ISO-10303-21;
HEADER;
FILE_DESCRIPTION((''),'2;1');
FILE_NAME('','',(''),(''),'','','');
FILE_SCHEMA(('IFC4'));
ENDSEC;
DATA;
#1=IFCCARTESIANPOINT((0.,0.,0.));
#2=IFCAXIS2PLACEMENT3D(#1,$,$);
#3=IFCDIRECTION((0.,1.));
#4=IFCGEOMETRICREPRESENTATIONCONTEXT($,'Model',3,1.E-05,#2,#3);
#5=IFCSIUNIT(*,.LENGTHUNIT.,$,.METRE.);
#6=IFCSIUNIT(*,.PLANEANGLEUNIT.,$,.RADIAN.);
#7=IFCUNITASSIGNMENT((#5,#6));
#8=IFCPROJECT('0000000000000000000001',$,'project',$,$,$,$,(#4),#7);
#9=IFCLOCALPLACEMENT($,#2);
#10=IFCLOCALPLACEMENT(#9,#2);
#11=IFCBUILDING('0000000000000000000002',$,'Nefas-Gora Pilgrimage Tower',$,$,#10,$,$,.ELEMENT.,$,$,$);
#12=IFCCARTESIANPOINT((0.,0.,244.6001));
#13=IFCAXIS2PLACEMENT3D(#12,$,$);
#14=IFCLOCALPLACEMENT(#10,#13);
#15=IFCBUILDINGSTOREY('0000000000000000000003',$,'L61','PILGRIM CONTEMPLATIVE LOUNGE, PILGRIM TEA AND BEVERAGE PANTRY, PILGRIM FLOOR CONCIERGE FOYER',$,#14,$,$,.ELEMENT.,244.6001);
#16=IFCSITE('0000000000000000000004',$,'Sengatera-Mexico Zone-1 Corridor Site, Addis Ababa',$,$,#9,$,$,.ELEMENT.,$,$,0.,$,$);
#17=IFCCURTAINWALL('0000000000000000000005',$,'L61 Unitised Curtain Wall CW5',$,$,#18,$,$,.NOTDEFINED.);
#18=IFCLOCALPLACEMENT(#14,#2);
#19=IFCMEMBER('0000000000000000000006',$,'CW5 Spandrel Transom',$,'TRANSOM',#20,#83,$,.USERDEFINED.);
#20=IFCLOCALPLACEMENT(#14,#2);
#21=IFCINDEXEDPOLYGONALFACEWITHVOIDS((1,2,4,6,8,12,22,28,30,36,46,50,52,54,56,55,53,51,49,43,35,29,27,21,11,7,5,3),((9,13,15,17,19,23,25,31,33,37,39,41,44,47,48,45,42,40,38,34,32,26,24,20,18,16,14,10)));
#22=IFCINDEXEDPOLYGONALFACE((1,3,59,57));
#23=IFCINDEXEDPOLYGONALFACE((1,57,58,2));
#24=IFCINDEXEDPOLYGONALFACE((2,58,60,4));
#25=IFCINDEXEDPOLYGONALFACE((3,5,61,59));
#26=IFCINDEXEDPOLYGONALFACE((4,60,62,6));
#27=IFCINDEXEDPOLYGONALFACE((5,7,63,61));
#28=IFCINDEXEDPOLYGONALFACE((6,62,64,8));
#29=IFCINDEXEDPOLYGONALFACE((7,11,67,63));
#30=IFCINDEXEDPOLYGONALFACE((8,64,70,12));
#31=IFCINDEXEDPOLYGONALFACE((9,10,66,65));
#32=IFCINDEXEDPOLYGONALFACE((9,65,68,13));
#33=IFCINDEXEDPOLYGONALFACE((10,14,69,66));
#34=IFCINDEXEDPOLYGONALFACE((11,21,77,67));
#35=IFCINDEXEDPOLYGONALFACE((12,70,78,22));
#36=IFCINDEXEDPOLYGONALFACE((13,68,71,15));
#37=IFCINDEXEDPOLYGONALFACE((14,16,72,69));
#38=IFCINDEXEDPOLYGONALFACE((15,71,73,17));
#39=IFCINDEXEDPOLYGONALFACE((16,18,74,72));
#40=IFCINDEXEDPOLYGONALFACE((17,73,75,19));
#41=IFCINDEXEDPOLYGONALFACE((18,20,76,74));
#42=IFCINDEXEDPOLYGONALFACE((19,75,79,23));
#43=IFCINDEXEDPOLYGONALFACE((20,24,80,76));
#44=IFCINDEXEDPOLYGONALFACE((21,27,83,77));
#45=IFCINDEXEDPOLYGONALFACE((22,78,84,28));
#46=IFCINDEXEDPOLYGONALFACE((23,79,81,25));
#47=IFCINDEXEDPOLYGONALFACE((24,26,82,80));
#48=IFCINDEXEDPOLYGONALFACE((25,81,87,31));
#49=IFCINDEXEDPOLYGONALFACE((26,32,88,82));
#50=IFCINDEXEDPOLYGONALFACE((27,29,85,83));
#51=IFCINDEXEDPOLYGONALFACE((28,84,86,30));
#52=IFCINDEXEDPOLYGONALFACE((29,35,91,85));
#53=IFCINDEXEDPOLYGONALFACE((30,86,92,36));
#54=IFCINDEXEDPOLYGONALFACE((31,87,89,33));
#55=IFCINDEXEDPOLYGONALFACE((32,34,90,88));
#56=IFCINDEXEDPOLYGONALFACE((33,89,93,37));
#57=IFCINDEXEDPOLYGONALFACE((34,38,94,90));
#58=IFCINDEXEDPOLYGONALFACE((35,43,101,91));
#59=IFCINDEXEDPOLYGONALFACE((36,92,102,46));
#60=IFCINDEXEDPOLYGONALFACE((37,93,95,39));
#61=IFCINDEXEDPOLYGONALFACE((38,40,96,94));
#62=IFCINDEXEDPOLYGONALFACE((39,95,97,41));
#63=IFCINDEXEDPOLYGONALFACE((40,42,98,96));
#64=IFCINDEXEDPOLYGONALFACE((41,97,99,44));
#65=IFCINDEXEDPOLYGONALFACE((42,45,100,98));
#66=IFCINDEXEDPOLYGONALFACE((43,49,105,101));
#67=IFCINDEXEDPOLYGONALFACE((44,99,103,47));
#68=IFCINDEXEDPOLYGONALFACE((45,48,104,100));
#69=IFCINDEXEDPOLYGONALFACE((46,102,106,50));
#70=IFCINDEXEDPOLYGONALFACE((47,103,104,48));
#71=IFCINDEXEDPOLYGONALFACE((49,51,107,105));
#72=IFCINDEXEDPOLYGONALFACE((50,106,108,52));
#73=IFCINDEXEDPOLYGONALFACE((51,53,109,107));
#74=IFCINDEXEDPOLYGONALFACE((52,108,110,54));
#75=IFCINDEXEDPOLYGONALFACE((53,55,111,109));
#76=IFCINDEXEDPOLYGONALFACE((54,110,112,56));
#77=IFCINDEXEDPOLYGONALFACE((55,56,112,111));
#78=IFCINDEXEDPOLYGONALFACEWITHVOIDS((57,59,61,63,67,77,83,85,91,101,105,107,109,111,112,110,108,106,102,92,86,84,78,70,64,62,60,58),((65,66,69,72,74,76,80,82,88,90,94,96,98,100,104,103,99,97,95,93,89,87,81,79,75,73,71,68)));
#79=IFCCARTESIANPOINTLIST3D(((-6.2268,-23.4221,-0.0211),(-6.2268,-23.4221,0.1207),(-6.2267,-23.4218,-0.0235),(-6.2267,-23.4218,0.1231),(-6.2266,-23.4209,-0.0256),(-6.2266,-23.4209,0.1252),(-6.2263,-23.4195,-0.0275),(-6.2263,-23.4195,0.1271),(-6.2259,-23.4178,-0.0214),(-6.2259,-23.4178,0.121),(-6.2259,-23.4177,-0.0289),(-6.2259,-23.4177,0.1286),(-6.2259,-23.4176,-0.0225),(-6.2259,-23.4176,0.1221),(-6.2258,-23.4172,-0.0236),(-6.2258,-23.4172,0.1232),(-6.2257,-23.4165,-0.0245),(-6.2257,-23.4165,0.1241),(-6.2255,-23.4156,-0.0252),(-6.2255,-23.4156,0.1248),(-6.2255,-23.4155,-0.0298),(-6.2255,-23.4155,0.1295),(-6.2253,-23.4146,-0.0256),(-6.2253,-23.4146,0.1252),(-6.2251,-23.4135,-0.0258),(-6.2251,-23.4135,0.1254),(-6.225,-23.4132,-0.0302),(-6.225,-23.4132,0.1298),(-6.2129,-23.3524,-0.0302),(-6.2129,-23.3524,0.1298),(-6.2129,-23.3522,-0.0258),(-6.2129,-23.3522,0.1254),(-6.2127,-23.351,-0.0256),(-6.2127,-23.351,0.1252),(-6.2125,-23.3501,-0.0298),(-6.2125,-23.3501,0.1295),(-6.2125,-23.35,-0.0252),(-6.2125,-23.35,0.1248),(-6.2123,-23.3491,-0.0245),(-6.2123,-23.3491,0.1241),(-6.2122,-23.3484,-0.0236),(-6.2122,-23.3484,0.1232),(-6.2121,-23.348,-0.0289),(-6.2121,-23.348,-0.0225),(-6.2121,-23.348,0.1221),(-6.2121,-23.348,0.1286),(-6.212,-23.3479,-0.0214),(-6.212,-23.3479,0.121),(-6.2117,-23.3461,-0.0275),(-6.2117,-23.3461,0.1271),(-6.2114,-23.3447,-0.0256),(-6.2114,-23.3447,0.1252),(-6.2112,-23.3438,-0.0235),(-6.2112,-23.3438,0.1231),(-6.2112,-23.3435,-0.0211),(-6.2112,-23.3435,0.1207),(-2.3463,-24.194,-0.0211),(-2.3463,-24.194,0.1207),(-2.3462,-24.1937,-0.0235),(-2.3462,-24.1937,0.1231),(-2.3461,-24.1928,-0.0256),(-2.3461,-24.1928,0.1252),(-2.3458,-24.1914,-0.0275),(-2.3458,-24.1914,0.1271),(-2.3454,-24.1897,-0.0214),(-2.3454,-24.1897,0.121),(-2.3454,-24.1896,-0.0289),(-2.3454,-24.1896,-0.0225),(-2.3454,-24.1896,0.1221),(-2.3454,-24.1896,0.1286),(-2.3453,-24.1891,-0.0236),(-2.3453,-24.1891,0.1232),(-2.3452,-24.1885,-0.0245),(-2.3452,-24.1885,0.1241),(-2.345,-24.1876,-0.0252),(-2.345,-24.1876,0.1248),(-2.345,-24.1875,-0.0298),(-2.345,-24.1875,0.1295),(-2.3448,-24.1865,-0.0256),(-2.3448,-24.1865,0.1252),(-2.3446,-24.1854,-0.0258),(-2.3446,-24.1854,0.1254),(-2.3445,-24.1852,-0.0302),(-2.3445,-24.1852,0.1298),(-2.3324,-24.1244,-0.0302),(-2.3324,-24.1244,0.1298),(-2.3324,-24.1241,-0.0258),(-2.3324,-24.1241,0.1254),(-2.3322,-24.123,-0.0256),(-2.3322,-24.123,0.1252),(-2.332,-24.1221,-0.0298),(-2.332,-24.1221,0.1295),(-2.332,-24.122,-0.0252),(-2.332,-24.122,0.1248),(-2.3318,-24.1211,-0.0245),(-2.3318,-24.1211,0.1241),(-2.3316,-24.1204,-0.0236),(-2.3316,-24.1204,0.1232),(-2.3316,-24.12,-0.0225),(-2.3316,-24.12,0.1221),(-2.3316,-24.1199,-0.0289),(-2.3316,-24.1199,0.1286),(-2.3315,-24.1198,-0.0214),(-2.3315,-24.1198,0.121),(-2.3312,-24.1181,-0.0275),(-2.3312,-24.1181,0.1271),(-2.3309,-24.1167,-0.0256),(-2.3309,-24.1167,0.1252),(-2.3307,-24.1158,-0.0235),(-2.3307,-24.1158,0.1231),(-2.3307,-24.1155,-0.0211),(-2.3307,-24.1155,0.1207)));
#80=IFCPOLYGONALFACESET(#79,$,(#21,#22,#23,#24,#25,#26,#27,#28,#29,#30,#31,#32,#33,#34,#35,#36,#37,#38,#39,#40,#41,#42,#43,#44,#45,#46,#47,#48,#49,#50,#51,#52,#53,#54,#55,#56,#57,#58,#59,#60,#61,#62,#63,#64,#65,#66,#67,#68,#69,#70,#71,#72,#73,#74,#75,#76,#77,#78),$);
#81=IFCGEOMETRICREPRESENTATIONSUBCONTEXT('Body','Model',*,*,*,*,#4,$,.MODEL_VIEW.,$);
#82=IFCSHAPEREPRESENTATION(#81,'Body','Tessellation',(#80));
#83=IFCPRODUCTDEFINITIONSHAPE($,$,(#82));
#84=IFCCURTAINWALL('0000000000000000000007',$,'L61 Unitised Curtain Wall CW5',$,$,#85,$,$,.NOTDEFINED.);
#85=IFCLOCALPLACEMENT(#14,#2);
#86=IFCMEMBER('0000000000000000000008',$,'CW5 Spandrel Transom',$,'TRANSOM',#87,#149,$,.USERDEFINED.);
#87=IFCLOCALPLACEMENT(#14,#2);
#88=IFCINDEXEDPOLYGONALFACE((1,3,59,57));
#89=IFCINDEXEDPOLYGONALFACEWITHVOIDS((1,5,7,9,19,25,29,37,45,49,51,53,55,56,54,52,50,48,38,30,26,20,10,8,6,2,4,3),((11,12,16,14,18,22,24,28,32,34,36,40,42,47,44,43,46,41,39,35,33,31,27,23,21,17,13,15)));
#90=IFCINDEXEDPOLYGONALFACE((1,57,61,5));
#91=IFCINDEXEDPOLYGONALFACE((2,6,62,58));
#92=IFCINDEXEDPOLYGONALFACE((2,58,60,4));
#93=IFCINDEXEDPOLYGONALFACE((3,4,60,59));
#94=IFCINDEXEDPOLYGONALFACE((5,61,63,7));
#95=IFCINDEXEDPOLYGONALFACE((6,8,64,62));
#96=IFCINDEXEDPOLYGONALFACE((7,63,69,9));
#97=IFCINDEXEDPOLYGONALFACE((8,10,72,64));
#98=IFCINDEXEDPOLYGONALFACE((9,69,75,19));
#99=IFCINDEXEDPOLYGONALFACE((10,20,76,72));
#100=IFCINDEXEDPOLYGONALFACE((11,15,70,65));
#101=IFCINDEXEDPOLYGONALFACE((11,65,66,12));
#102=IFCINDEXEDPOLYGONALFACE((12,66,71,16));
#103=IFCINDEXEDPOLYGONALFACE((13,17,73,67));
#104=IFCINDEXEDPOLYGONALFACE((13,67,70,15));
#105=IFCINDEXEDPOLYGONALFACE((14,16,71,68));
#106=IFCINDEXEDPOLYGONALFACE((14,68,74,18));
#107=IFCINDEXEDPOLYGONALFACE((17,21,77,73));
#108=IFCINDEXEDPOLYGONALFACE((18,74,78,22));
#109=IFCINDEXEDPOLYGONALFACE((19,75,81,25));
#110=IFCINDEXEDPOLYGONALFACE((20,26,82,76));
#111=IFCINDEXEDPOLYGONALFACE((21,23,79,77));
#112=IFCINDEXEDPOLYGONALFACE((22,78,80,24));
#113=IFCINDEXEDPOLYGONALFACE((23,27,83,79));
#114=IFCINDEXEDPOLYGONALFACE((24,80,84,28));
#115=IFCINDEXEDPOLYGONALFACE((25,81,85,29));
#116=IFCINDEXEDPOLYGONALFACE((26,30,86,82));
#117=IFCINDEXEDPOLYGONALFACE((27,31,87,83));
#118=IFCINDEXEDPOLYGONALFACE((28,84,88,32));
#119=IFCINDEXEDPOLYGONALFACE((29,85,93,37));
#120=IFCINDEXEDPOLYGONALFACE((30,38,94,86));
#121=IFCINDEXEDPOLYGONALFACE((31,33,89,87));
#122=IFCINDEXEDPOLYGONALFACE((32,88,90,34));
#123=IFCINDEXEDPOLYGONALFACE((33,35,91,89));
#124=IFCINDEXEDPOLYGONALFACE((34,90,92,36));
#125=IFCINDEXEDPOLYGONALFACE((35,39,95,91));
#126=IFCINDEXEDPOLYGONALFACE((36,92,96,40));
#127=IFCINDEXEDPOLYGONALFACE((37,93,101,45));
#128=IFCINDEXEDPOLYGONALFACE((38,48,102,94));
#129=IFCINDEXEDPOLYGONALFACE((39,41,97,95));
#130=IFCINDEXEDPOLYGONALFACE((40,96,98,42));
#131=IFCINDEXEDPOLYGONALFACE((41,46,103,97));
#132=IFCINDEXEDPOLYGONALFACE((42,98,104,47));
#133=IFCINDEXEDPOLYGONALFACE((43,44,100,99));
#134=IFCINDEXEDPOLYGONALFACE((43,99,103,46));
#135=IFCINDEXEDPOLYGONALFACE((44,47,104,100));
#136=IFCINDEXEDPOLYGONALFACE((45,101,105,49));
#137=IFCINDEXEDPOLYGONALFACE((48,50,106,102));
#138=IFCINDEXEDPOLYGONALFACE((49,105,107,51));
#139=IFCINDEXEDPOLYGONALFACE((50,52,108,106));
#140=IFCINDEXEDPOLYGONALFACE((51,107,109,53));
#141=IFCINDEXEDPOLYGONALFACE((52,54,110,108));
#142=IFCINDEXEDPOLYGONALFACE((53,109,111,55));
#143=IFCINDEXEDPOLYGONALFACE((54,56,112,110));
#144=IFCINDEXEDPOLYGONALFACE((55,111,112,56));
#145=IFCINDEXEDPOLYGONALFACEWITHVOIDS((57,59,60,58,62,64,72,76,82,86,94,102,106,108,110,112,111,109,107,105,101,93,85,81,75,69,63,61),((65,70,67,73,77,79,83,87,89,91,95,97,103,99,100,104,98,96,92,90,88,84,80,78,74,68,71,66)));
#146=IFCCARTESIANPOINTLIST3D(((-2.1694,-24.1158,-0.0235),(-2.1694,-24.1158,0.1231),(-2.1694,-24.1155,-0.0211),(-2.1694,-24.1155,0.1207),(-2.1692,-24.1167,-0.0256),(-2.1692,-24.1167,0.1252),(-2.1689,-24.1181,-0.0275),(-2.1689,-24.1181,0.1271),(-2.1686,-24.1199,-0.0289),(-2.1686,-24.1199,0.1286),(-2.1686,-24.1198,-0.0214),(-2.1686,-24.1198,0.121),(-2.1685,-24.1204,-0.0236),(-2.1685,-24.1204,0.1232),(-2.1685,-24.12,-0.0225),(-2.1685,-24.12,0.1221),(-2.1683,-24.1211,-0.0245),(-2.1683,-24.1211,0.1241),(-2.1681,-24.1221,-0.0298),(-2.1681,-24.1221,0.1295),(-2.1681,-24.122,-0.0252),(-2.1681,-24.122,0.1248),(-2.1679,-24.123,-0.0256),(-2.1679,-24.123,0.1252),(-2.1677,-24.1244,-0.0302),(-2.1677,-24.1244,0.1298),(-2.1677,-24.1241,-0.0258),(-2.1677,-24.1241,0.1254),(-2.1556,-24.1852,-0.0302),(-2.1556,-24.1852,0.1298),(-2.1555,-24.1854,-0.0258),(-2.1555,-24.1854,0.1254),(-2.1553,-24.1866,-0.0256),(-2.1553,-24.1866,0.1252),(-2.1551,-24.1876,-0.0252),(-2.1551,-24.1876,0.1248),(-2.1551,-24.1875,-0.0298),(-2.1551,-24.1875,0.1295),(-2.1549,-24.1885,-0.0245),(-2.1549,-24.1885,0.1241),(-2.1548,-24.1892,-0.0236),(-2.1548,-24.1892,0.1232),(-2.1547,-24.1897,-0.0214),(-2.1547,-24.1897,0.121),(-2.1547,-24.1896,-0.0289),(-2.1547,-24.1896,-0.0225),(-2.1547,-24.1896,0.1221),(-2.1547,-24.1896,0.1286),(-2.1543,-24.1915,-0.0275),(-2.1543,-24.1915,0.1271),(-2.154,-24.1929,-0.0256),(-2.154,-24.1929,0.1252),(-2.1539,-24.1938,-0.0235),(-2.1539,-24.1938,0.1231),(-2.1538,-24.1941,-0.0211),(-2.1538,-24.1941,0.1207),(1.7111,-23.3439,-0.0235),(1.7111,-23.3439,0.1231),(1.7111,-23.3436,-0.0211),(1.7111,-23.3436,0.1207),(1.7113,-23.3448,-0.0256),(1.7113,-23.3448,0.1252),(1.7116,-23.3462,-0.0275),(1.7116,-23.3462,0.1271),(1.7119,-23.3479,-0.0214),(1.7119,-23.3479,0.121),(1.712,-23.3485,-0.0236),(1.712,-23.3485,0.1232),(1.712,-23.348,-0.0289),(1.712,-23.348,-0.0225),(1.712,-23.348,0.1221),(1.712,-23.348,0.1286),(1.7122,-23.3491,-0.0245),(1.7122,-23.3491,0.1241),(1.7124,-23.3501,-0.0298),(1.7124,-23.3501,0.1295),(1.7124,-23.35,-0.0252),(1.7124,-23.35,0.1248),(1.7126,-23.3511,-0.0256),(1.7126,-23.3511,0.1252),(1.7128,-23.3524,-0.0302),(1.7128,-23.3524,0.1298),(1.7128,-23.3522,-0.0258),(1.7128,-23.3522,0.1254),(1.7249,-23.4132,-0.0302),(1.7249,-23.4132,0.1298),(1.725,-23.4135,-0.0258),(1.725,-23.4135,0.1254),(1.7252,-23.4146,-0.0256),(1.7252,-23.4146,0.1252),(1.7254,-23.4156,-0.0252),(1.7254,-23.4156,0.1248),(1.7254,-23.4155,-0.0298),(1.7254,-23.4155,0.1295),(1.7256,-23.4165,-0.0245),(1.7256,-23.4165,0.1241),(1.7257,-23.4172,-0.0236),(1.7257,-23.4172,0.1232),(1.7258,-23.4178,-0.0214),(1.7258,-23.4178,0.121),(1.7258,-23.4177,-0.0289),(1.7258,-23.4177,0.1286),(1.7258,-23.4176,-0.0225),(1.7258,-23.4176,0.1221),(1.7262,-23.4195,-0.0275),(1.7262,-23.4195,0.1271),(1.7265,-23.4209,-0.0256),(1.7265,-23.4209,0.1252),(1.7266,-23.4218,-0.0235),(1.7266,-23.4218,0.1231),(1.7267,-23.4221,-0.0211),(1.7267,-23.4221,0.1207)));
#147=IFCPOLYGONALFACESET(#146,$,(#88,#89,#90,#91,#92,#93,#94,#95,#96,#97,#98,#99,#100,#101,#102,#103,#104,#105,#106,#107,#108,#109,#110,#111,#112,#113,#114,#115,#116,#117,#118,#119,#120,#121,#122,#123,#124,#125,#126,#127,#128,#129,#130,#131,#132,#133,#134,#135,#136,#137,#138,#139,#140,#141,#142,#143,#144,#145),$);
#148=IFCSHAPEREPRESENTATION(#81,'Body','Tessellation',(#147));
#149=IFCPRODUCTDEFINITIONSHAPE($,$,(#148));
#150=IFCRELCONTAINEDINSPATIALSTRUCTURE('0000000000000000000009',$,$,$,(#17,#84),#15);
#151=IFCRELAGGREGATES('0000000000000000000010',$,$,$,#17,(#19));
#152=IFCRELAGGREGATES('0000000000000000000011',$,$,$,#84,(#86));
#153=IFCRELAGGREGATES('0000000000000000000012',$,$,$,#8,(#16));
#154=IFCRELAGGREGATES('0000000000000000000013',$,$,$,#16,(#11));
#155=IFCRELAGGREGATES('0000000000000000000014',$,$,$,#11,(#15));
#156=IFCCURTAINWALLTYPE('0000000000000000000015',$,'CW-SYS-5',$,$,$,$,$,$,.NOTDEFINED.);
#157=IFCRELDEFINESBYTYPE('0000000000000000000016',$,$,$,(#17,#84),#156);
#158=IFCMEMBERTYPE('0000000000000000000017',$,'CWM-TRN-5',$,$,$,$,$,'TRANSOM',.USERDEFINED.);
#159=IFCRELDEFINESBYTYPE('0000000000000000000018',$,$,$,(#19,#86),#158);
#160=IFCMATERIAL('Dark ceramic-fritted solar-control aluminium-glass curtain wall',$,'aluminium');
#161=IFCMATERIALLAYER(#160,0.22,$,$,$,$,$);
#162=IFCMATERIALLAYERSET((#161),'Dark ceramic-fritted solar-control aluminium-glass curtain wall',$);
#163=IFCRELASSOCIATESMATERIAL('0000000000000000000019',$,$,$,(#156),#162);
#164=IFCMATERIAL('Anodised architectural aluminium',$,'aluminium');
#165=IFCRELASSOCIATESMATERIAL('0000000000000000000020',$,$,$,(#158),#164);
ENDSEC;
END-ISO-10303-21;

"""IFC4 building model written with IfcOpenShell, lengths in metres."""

from ifc_helpers import new_model, si_unit, direction, frame, origin, origin_2d, place, context, subcontext, project, spatial, hollow_rectangle, extrude, source, transform, mapped, material, layer, layer_set, material_profile, profile_set, type_object, element, aggregate, save


model = new_model("IFC4")

# Units and contexts
model_context = context("Model", 3, precision=1e-05, world=origin(), true_north=direction((0.0, 1.0)))
body_context = subcontext(model_context, "Body", "Model", "MODEL_VIEW")
ifc_project = project(units=[si_unit("LENGTHUNIT", "METRE"), si_unit("PLANEANGLEUNIT", "RADIAN")], contexts=[model_context])

# Site, building, storey
site_placement = place(None, origin())
site = spatial("IfcSite", under=ifc_project, at=site_placement, Name="Sengatera-Mexico Zone-1 Corridor Site, Addis Ababa", CompositionType="ELEMENT", RefElevation=0.0)
building_placement = place(site_placement, origin())
building = spatial("IfcBuilding", under=site, at=building_placement, Name="Nefas-Gora Pilgrimage Tower", CompositionType="ELEMENT")
storey_placement = place(building_placement, frame((0.0, 0.0, 244.6001)))
storey = spatial("IfcBuildingStorey", under=building, at=storey_placement, Name="L61", Description="PILGRIM CONTEMPLATIVE LOUNGE, PILGRIM TEA AND BEVERAGE PANTRY, PILGRIM FLOOR CONCIERGE FOYER", CompositionType="ELEMENT", Elevation=244.6001)

# Curtain walls, members
ifc_material_1 = material(Name="Dark ceramic-fritted solar-control aluminium-glass curtain wall", Category="aluminium")
ifc_layer_1 = layer(ifc_material_1, 0.22)
ifc_layer_set_1 = layer_set([ifc_layer_1], Name="Dark ceramic-fritted solar-control aluminium-glass curtain wall")
curtain_wall_type = type_object("IfcCurtainWallType", Name="CW-SYS-5", PredefinedType="NOTDEFINED", material=ifc_layer_set_1)
curtain_wall_1_placement = place(storey_placement, origin())
curtain_wall_1 = element("IfcCurtainWall", 1, at=curtain_wall_1_placement, inside=storey, type_object=curtain_wall_type, Name="L61 Unitised Curtain Wall CW5", PredefinedType="NOTDEFINED")
ifc_material_2 = material(Name="Anodised architectural aluminium", Category="aluminium")
ifc_material_profile_1 = material_profile(ifc_material_2, hollow_rectangle(XDim=0.0801, YDim=0.1599, WallThickness=0.0044, InnerFilletRadius=0.0044, OuterFilletRadius=0.009, at=origin_2d()), Name="ALU TRANSOM 80x160")
ifc_profile_set_1 = profile_set([ifc_material_profile_1], Name="Anodised architectural aluminium")
member_type_1 = type_object("IfcMemberType", Name="CWM-TRN-5", ElementType="TRANSOM", PredefinedType="USERDEFINED", material=ifc_profile_set_1)
shared_shape_1 = source(origin(), body_context, "Body", "SweptSolid", [
    extrude(hollow_rectangle(XDim=0.0801, YDim=0.1599, WallThickness=0.0044, InnerFilletRadius=0.0044, OuterFilletRadius=0.009, at=origin_2d()), origin(), (0.0, 0.0, 1.0), 3.9565),
])
member_1_placement = place(storey_placement, frame((-6.219, -23.3828, 0.0498), z_axis=(0.980782, -0.195107, 0.0), x_axis=(0.195107, 0.980782, 0.0)))
member_1 = element("IfcMember", 2, at=member_1_placement, type_object=member_type_1, Name="CW5 Spandrel Transom", ObjectType="TRANSOM", PredefinedType="USERDEFINED", context=body_context, shape_type="MappedRepresentation", body=[
    mapped(shared_shape_1, transform((0.0, 0.0, 0.0), x_axis=(1.0, 0.0, 0.0), y_axis=(0.0, 1.0, 0.0), z_axis=(0.0, 0.0, 1.0), scale=1.0)),
])
curtain_wall_2_placement = place(storey_placement, origin())
curtain_wall_2 = element("IfcCurtainWall", 3, at=curtain_wall_2_placement, inside=storey, type_object=curtain_wall_type, Name="L61 Unitised Curtain Wall CW5", PredefinedType="NOTDEFINED")
member_2_placement = place(storey_placement, frame((-2.1616, -24.1548, 0.0498), z_axis=(0.980782, 0.195107, 0.0), x_axis=(-0.195107, 0.980782, 0.0)))
member_2 = element("IfcMember", 4, at=member_2_placement, type_object=member_type_1, Name="CW5 Spandrel Transom", ObjectType="TRANSOM", PredefinedType="USERDEFINED", context=body_context, shape_type="MappedRepresentation", body=[
    mapped(shared_shape_1, transform((0.0, 0.0, 0.0), x_axis=(1.0, 0.0, 0.0), y_axis=(0.0, 1.0, 0.0), z_axis=(0.0, 0.0, 1.0), scale=1.0)),
])

aggregate(curtain_wall_1, [member_1])
aggregate(curtain_wall_2, [member_2])

save(model, "model.ifc")
